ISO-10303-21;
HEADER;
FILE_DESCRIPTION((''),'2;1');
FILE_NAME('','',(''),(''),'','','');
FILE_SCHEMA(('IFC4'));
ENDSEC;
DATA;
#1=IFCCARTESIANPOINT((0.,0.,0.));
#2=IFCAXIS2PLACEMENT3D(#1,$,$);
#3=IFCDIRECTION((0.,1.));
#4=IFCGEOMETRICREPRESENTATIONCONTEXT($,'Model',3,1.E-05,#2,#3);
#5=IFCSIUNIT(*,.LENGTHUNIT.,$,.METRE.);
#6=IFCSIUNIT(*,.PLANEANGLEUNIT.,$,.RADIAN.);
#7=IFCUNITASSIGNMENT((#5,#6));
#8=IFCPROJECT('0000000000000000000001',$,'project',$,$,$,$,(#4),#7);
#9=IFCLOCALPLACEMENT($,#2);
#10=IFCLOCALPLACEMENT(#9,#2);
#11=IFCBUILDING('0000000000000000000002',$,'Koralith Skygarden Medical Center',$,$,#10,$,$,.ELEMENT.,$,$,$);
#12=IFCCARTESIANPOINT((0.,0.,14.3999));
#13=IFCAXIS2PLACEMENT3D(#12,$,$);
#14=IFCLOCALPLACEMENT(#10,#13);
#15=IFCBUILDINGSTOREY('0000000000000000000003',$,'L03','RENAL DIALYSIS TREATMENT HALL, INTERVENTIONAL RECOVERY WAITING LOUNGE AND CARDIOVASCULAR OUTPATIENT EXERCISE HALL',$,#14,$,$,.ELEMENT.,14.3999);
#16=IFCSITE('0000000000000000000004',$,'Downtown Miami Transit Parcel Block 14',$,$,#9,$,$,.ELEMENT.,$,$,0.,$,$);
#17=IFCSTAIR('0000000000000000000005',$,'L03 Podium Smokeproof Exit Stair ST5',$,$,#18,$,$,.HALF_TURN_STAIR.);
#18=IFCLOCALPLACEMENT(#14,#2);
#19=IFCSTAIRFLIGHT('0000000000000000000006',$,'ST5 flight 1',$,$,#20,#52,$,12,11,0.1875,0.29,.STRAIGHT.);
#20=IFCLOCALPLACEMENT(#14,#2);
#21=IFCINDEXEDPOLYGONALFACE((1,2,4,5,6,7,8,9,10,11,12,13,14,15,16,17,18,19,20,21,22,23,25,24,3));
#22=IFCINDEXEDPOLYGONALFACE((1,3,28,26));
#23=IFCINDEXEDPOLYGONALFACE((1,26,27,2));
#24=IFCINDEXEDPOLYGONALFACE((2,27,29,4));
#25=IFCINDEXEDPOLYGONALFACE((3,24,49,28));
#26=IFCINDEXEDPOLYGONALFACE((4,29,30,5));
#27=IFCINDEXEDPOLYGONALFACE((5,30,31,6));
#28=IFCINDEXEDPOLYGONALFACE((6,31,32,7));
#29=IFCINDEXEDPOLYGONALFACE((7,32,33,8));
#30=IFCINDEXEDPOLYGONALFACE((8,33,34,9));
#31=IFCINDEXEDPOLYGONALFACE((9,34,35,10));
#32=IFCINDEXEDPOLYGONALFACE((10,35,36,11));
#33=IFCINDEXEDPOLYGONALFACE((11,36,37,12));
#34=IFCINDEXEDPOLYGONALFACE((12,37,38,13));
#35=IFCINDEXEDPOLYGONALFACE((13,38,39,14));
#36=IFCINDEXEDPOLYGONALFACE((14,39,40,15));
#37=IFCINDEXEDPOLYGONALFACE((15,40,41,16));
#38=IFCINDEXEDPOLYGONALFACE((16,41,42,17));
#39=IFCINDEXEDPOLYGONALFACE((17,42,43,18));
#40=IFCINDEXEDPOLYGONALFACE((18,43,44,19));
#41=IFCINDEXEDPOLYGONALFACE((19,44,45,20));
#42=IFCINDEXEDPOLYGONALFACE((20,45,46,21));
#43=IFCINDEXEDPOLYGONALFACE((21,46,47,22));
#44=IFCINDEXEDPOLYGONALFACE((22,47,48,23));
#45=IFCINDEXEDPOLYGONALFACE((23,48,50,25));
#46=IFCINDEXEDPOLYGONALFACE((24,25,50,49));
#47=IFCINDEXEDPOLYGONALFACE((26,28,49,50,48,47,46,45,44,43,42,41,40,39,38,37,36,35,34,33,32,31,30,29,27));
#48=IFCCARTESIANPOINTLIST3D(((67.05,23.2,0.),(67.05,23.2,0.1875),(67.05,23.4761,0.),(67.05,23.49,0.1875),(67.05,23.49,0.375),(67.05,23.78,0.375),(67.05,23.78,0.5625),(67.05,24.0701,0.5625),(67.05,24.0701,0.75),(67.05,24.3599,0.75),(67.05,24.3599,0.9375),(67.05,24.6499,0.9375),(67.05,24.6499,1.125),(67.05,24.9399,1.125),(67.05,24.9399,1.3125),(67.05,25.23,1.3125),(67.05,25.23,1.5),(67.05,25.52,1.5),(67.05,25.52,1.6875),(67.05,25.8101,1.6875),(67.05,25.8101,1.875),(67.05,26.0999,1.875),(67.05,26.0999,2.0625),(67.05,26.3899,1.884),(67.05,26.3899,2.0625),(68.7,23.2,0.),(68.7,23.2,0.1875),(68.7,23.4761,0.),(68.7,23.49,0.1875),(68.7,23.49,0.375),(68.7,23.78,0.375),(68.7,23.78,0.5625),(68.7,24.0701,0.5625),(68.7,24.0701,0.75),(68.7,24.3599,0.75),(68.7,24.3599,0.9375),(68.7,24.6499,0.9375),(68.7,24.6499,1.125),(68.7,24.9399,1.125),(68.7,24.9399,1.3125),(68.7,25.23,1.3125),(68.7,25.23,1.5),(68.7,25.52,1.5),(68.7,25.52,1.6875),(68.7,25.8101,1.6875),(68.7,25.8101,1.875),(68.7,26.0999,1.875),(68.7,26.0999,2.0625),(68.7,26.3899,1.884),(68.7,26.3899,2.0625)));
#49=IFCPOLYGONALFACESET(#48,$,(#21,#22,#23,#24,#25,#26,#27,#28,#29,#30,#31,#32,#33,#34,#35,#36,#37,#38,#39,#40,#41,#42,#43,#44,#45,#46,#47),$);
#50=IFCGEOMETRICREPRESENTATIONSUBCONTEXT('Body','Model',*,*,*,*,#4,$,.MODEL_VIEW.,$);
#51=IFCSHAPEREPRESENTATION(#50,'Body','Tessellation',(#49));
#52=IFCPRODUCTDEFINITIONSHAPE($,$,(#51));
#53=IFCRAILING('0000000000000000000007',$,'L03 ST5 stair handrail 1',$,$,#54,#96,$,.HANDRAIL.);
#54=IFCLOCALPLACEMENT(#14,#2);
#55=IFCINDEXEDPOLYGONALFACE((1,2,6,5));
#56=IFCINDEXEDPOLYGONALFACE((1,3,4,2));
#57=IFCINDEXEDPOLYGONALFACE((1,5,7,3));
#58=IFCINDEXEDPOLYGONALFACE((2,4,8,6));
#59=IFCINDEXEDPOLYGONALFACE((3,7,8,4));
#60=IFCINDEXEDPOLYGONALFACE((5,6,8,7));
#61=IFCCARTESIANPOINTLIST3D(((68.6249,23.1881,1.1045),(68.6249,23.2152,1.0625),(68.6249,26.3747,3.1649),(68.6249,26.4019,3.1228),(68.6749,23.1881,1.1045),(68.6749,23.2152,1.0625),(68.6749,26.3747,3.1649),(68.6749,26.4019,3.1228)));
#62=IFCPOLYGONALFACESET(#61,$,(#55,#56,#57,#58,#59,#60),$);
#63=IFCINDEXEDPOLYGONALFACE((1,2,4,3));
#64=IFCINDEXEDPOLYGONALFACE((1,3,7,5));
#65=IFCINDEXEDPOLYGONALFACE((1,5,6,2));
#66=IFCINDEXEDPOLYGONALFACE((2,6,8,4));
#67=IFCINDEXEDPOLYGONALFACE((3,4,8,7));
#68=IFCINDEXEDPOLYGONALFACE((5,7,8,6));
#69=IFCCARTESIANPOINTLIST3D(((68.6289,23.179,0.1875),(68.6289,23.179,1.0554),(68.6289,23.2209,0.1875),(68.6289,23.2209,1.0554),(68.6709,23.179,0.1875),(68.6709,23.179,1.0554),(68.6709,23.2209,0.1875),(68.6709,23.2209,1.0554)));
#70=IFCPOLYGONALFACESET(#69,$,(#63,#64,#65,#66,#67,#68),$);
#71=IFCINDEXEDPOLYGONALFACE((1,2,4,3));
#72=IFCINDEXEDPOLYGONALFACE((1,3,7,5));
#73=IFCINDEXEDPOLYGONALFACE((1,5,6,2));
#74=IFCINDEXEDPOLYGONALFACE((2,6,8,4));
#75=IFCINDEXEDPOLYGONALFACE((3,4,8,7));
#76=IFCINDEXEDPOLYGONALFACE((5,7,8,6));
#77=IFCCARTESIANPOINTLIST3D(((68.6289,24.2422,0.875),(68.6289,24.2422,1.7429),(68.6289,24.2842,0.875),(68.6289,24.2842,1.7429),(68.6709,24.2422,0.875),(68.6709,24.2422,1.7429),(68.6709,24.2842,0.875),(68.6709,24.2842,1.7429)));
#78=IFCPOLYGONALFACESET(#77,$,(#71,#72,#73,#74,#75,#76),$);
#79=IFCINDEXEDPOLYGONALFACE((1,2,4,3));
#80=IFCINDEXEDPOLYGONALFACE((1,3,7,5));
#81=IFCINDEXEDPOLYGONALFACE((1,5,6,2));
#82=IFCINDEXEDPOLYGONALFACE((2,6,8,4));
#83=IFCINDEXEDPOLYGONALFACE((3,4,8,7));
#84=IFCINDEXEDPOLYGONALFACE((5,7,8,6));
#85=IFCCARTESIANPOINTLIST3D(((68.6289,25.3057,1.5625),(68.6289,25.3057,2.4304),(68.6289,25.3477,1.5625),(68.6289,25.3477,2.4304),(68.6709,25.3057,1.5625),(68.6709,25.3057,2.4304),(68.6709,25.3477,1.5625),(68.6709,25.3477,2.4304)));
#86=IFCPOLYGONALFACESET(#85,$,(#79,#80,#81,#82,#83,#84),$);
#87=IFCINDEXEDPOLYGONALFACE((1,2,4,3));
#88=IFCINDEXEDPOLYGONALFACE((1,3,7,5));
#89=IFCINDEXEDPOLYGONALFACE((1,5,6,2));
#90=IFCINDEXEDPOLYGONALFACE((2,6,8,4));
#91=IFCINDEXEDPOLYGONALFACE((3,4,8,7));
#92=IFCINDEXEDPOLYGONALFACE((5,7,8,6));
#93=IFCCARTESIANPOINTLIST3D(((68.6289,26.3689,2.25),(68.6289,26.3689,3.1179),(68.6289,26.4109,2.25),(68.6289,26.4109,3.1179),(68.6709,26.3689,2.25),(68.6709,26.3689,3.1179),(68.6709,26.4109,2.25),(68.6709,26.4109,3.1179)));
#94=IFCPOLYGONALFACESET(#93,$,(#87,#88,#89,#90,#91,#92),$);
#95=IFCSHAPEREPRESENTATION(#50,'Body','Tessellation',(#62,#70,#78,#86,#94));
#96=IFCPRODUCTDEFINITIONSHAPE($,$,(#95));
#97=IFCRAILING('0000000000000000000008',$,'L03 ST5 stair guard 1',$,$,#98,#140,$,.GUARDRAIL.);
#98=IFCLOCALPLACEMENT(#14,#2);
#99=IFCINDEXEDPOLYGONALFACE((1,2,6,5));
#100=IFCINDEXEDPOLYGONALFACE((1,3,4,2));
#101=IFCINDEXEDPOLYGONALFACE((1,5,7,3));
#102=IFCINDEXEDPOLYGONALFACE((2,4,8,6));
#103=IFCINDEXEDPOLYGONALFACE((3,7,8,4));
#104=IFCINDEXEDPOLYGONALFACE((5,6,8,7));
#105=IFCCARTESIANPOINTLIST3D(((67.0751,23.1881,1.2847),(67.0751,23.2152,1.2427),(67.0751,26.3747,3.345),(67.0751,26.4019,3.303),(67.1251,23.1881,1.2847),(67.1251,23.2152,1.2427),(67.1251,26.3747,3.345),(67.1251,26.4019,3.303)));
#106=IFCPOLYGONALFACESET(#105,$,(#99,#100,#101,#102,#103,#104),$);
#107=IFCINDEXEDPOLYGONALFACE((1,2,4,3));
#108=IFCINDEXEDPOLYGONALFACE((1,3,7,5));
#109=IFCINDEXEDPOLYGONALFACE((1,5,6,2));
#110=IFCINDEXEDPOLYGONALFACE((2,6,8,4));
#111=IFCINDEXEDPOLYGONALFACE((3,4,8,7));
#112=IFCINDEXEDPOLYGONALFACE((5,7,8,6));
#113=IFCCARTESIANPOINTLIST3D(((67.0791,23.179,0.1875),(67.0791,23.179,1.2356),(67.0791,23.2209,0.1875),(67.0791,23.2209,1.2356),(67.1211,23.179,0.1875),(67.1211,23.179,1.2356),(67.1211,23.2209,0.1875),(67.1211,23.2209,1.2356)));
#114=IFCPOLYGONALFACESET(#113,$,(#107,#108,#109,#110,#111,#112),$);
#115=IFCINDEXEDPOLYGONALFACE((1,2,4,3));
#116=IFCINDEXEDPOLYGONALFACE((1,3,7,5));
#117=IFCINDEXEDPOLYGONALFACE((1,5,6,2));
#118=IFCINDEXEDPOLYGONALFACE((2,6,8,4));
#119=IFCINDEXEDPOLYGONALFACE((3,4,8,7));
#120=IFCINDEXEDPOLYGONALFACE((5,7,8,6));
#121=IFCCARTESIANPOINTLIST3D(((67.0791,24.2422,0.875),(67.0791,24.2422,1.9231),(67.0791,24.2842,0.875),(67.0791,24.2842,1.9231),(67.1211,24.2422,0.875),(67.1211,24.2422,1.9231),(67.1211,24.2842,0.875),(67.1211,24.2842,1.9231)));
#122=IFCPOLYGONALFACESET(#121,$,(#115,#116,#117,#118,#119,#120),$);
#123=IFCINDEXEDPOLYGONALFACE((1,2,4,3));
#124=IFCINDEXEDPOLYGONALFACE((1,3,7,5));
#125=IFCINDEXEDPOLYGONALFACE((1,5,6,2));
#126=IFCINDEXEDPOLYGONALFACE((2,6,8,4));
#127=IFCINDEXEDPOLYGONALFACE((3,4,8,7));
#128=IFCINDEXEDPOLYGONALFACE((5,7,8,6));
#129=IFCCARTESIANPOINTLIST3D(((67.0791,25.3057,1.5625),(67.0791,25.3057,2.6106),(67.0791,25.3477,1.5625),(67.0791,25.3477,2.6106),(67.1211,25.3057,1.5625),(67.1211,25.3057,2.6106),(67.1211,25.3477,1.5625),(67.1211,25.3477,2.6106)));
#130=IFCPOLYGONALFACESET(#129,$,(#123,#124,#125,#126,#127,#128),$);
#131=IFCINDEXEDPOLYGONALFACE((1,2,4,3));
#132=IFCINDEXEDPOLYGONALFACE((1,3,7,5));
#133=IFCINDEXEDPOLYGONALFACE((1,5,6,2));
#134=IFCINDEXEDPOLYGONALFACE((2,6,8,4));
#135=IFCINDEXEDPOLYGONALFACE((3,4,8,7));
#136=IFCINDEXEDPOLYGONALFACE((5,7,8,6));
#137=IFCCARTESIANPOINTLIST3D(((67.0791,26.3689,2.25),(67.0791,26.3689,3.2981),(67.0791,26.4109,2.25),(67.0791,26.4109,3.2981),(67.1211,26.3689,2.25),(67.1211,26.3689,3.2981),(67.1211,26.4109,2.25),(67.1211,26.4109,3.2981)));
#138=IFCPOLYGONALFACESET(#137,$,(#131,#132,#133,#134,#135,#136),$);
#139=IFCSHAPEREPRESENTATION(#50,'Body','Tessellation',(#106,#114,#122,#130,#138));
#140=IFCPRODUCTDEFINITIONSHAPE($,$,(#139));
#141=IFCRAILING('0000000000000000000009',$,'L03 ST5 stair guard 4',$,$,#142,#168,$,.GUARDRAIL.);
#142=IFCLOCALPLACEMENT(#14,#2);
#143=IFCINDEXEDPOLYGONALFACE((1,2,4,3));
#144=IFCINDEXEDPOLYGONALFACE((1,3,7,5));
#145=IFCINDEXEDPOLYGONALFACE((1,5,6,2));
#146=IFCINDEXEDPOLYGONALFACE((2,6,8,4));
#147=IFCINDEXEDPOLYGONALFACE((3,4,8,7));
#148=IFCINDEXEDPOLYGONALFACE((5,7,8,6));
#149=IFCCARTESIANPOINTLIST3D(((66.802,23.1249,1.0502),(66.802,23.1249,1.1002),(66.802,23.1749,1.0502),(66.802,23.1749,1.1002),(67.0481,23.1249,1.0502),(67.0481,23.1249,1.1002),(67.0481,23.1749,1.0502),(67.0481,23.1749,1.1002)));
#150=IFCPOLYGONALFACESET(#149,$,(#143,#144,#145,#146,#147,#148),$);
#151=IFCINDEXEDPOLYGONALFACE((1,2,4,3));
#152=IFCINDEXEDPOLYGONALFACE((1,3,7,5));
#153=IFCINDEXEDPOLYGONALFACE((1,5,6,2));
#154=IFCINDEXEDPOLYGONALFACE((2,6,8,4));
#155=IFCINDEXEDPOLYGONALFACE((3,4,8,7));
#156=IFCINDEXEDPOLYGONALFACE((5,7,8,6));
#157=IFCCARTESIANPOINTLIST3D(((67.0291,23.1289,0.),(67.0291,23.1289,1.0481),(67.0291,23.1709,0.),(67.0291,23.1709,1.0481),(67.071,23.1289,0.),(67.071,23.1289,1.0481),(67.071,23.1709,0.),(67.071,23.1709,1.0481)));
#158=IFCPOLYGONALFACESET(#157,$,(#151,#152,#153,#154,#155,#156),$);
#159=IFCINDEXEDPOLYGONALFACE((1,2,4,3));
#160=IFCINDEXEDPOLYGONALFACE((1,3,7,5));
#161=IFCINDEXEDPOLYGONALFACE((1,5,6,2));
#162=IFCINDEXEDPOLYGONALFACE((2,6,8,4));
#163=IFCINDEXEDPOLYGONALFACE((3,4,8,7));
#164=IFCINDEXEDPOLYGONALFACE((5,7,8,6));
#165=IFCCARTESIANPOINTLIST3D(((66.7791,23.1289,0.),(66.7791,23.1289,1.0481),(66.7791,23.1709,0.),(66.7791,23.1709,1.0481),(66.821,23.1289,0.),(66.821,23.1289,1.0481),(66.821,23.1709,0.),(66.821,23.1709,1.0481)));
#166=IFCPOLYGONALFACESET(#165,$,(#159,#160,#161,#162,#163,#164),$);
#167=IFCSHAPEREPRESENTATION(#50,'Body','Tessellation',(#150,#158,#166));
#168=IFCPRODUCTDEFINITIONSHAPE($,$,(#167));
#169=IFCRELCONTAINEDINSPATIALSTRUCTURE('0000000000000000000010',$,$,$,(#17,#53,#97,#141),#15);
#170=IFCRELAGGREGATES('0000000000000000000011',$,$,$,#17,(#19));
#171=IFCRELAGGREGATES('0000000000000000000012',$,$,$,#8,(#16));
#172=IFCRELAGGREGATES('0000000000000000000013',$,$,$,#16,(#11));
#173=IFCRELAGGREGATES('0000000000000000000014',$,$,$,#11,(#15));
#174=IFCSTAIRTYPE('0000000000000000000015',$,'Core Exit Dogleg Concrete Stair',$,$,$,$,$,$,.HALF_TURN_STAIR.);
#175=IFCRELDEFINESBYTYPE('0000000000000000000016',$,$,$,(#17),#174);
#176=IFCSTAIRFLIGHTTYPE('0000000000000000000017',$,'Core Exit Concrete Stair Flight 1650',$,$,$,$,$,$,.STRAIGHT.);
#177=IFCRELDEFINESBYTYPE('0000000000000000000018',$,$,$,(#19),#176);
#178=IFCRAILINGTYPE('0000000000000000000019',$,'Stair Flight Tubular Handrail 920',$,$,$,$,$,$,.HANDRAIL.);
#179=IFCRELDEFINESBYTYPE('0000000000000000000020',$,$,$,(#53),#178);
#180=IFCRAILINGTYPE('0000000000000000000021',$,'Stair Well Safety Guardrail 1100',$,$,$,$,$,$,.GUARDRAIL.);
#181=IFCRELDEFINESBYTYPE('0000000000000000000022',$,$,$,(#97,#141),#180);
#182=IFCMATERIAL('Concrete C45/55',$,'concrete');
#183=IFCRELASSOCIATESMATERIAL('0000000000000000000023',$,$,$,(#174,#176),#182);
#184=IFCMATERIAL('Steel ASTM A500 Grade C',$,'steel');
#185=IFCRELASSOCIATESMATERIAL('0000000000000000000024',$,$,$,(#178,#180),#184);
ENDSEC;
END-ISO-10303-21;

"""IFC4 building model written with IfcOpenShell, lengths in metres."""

from ifc_helpers import new_model, si_unit, direction, frame, origin, origin_2d, place, context, subcontext, project, spatial, polyline, rectangle, outline, extrude, material, type_object, element, aggregate, save


model = new_model("IFC4")

# Units and contexts
model_context = context("Model", 3, precision=1e-05, world=origin(), true_north=direction((0.0, 1.0)))
body_context = subcontext(model_context, "Body", "Model", "MODEL_VIEW")
ifc_project = project(units=[si_unit("LENGTHUNIT", "METRE"), si_unit("PLANEANGLEUNIT", "RADIAN")], contexts=[model_context])

# Site, building, storey
site_placement = place(None, origin())
site = spatial("IfcSite", under=ifc_project, at=site_placement, Name="Downtown Miami Transit Parcel Block 14", CompositionType="ELEMENT", RefElevation=0.0)
building_placement = place(site_placement, origin())
building = spatial("IfcBuilding", under=site, at=building_placement, Name="Koralith Skygarden Medical Center", CompositionType="ELEMENT")
storey_placement = place(building_placement, frame((0.0, 0.0, 14.3999)))
storey = spatial("IfcBuildingStorey", under=building, at=storey_placement, Name="L03", Description="RENAL DIALYSIS TREATMENT HALL, INTERVENTIONAL RECOVERY WAITING LOUNGE AND CARDIOVASCULAR OUTPATIENT EXERCISE HALL", CompositionType="ELEMENT", Elevation=14.3999)

# Shared definitions
ifc_material_1 = material(Name="Concrete C45/55", Category="concrete")
ifc_material_2 = material(Name="Steel ASTM A500 Grade C", Category="steel")

# Stair, stair flight
stair_type = type_object("IfcStairType", Name="Core Exit Dogleg Concrete Stair", PredefinedType="HALF_TURN_STAIR", material=ifc_material_1)
stair_placement = place(storey_placement, origin())
stair = element("IfcStair", 1, at=stair_placement, inside=storey, type_object=stair_type, Name="L03 Podium Smokeproof Exit Stair ST5", PredefinedType="HALF_TURN_STAIR")
stair_flight_type = type_object("IfcStairFlightType", Name="Core Exit Concrete Stair Flight 1650", PredefinedType="STRAIGHT", material=ifc_material_1)
stair_flight_placement = place(storey_placement, frame((67.875, 23.2, 0.0), z_axis=(0.0, 0.0, 1.0), x_axis=(0.0, 1.0, 0.0)))
stair_flight = element("IfcStairFlight", 2, at=stair_flight_placement, type_object=stair_flight_type, Name="ST5 flight 1", NumberOfRisers=12, NumberOfTreads=11, PredefinedType="STRAIGHT", RiserHeight=0.1875, TreadLength=0.29, context=body_context, shape_type="SweptSolid", body=[
    extrude(outline(polyline([(0.0, 0.0), (0.0, 0.1875), (0.29, 0.1875), (0.29, 0.375), (0.5801, 0.375), (0.5801, 0.5625), (0.8701, 0.5625), (0.8701, 0.75), (1.1599, 0.75), (1.1599, 0.9375), (1.45, 0.9375), (1.45, 1.125), (1.74, 1.125), (1.74, 1.3125), (2.03, 1.3125), (2.03, 1.5), (2.3201, 1.5), (2.3201, 1.6875), (2.6101, 1.6875), (2.6101, 1.875), (2.8999, 1.875), (2.8999, 2.0625), (3.1899, 2.0625), (3.1899, 2.25), (3.1899, 1.884), (0.2761, 0.0), (0.0, 0.0)])), frame((0.0, 0.825, 0.0), z_axis=(0.0, -1.0, 0.0), x_axis=(1.0, 0.0, 0.0)), (0.0, 0.0, 1.0), 1.6499),
])
aggregate(stair, [stair_flight])

# Railings
railing_type_1 = type_object("IfcRailingType", Name="Stair Flight Tubular Handrail 920", PredefinedType="HANDRAIL", material=ifc_material_2)
railing_1_placement = place(storey_placement, frame((68.6499, 23.2, 0.1875)))
element("IfcRailing", 3, at=railing_1_placement, inside=storey, type_object=railing_type_1, Name="L03 ST5 stair handrail 1", PredefinedType="HANDRAIL", context=body_context, shape_type="SweptSolid", body=[
    extrude(rectangle(XDim=0.05, YDim=0.05, at=origin_2d()), frame((0.0, 0.0017, 0.896), z_axis=(0.0, 0.83976, 0.542958), x_axis=(-1.0, 0.0, 0.0)), (0.0, 0.0, 1.0), 3.7947),
    extrude(rectangle(XDim=0.042, YDim=0.042, at=origin_2d()), origin(), (0.0, 0.0, 1.0), 0.8679),
    extrude(rectangle(XDim=0.042, YDim=0.042, at=origin_2d()), frame((0.0, 1.0632, 0.6875)), (0.0, 0.0, 1.0), 0.8679),
    extrude(rectangle(XDim=0.042, YDim=0.042, at=origin_2d()), frame((0.0, 2.1267, 1.375)), (0.0, 0.0, 1.0), 0.8679),
    extrude(rectangle(XDim=0.042, YDim=0.042, at=origin_2d()), frame((0.0, 3.1899, 2.0625)), (0.0, 0.0, 1.0), 0.8679),
])
railing_type_2 = type_object("IfcRailingType", Name="Stair Well Safety Guardrail 1100", PredefinedType="GUARDRAIL", material=ifc_material_2)
railing_2_placement = place(storey_placement, frame((67.1001, 23.2, 0.1875)))
element("IfcRailing", 4, at=railing_2_placement, inside=storey, type_object=railing_type_2, Name="L03 ST5 stair guard 1", PredefinedType="GUARDRAIL", context=body_context, shape_type="SweptSolid", body=[
    extrude(rectangle(XDim=0.05, YDim=0.05, at=origin_2d()), frame((0.0, 0.0017, 1.0762), z_axis=(0.0, 0.83976, 0.542958), x_axis=(-1.0, 0.0, 0.0)), (0.0, 0.0, 1.0), 3.7947),
    extrude(rectangle(XDim=0.042, YDim=0.042, at=origin_2d()), origin(), (0.0, 0.0, 1.0), 1.0481),
    extrude(rectangle(XDim=0.042, YDim=0.042, at=origin_2d()), frame((0.0, 1.0632, 0.6875)), (0.0, 0.0, 1.0), 1.0481),
    extrude(rectangle(XDim=0.042, YDim=0.042, at=origin_2d()), frame((0.0, 2.1267, 1.375)), (0.0, 0.0, 1.0), 1.0481),
    extrude(rectangle(XDim=0.042, YDim=0.042, at=origin_2d()), frame((0.0, 3.1899, 2.0625)), (0.0, 0.0, 1.0), 1.0481),
])
railing_3_placement = place(storey_placement, frame((67.05, 23.1499, 0.0)))
element("IfcRailing", 5, at=railing_3_placement, inside=storey, type_object=railing_type_2, Name="L03 ST5 stair guard 4", PredefinedType="GUARDRAIL", context=body_context, shape_type="SweptSolid", body=[
    extrude(rectangle(XDim=0.05, YDim=0.05, at=origin_2d()), frame((-0.002, 0.0, 1.0752), z_axis=(-1.0, 0.0, 0.0), x_axis=(0.0, -1.0, 0.0)), (0.0, 0.0, 1.0), 0.2461),
    extrude(rectangle(XDim=0.042, YDim=0.042, at=origin_2d()), origin(), (0.0, 0.0, 1.0), 1.0481),
    extrude(rectangle(XDim=0.042, YDim=0.042, at=origin_2d()), frame((-0.25, 0.0, 0.0)), (0.0, 0.0, 1.0), 1.0481),
])

save(model, "model.ifc")
